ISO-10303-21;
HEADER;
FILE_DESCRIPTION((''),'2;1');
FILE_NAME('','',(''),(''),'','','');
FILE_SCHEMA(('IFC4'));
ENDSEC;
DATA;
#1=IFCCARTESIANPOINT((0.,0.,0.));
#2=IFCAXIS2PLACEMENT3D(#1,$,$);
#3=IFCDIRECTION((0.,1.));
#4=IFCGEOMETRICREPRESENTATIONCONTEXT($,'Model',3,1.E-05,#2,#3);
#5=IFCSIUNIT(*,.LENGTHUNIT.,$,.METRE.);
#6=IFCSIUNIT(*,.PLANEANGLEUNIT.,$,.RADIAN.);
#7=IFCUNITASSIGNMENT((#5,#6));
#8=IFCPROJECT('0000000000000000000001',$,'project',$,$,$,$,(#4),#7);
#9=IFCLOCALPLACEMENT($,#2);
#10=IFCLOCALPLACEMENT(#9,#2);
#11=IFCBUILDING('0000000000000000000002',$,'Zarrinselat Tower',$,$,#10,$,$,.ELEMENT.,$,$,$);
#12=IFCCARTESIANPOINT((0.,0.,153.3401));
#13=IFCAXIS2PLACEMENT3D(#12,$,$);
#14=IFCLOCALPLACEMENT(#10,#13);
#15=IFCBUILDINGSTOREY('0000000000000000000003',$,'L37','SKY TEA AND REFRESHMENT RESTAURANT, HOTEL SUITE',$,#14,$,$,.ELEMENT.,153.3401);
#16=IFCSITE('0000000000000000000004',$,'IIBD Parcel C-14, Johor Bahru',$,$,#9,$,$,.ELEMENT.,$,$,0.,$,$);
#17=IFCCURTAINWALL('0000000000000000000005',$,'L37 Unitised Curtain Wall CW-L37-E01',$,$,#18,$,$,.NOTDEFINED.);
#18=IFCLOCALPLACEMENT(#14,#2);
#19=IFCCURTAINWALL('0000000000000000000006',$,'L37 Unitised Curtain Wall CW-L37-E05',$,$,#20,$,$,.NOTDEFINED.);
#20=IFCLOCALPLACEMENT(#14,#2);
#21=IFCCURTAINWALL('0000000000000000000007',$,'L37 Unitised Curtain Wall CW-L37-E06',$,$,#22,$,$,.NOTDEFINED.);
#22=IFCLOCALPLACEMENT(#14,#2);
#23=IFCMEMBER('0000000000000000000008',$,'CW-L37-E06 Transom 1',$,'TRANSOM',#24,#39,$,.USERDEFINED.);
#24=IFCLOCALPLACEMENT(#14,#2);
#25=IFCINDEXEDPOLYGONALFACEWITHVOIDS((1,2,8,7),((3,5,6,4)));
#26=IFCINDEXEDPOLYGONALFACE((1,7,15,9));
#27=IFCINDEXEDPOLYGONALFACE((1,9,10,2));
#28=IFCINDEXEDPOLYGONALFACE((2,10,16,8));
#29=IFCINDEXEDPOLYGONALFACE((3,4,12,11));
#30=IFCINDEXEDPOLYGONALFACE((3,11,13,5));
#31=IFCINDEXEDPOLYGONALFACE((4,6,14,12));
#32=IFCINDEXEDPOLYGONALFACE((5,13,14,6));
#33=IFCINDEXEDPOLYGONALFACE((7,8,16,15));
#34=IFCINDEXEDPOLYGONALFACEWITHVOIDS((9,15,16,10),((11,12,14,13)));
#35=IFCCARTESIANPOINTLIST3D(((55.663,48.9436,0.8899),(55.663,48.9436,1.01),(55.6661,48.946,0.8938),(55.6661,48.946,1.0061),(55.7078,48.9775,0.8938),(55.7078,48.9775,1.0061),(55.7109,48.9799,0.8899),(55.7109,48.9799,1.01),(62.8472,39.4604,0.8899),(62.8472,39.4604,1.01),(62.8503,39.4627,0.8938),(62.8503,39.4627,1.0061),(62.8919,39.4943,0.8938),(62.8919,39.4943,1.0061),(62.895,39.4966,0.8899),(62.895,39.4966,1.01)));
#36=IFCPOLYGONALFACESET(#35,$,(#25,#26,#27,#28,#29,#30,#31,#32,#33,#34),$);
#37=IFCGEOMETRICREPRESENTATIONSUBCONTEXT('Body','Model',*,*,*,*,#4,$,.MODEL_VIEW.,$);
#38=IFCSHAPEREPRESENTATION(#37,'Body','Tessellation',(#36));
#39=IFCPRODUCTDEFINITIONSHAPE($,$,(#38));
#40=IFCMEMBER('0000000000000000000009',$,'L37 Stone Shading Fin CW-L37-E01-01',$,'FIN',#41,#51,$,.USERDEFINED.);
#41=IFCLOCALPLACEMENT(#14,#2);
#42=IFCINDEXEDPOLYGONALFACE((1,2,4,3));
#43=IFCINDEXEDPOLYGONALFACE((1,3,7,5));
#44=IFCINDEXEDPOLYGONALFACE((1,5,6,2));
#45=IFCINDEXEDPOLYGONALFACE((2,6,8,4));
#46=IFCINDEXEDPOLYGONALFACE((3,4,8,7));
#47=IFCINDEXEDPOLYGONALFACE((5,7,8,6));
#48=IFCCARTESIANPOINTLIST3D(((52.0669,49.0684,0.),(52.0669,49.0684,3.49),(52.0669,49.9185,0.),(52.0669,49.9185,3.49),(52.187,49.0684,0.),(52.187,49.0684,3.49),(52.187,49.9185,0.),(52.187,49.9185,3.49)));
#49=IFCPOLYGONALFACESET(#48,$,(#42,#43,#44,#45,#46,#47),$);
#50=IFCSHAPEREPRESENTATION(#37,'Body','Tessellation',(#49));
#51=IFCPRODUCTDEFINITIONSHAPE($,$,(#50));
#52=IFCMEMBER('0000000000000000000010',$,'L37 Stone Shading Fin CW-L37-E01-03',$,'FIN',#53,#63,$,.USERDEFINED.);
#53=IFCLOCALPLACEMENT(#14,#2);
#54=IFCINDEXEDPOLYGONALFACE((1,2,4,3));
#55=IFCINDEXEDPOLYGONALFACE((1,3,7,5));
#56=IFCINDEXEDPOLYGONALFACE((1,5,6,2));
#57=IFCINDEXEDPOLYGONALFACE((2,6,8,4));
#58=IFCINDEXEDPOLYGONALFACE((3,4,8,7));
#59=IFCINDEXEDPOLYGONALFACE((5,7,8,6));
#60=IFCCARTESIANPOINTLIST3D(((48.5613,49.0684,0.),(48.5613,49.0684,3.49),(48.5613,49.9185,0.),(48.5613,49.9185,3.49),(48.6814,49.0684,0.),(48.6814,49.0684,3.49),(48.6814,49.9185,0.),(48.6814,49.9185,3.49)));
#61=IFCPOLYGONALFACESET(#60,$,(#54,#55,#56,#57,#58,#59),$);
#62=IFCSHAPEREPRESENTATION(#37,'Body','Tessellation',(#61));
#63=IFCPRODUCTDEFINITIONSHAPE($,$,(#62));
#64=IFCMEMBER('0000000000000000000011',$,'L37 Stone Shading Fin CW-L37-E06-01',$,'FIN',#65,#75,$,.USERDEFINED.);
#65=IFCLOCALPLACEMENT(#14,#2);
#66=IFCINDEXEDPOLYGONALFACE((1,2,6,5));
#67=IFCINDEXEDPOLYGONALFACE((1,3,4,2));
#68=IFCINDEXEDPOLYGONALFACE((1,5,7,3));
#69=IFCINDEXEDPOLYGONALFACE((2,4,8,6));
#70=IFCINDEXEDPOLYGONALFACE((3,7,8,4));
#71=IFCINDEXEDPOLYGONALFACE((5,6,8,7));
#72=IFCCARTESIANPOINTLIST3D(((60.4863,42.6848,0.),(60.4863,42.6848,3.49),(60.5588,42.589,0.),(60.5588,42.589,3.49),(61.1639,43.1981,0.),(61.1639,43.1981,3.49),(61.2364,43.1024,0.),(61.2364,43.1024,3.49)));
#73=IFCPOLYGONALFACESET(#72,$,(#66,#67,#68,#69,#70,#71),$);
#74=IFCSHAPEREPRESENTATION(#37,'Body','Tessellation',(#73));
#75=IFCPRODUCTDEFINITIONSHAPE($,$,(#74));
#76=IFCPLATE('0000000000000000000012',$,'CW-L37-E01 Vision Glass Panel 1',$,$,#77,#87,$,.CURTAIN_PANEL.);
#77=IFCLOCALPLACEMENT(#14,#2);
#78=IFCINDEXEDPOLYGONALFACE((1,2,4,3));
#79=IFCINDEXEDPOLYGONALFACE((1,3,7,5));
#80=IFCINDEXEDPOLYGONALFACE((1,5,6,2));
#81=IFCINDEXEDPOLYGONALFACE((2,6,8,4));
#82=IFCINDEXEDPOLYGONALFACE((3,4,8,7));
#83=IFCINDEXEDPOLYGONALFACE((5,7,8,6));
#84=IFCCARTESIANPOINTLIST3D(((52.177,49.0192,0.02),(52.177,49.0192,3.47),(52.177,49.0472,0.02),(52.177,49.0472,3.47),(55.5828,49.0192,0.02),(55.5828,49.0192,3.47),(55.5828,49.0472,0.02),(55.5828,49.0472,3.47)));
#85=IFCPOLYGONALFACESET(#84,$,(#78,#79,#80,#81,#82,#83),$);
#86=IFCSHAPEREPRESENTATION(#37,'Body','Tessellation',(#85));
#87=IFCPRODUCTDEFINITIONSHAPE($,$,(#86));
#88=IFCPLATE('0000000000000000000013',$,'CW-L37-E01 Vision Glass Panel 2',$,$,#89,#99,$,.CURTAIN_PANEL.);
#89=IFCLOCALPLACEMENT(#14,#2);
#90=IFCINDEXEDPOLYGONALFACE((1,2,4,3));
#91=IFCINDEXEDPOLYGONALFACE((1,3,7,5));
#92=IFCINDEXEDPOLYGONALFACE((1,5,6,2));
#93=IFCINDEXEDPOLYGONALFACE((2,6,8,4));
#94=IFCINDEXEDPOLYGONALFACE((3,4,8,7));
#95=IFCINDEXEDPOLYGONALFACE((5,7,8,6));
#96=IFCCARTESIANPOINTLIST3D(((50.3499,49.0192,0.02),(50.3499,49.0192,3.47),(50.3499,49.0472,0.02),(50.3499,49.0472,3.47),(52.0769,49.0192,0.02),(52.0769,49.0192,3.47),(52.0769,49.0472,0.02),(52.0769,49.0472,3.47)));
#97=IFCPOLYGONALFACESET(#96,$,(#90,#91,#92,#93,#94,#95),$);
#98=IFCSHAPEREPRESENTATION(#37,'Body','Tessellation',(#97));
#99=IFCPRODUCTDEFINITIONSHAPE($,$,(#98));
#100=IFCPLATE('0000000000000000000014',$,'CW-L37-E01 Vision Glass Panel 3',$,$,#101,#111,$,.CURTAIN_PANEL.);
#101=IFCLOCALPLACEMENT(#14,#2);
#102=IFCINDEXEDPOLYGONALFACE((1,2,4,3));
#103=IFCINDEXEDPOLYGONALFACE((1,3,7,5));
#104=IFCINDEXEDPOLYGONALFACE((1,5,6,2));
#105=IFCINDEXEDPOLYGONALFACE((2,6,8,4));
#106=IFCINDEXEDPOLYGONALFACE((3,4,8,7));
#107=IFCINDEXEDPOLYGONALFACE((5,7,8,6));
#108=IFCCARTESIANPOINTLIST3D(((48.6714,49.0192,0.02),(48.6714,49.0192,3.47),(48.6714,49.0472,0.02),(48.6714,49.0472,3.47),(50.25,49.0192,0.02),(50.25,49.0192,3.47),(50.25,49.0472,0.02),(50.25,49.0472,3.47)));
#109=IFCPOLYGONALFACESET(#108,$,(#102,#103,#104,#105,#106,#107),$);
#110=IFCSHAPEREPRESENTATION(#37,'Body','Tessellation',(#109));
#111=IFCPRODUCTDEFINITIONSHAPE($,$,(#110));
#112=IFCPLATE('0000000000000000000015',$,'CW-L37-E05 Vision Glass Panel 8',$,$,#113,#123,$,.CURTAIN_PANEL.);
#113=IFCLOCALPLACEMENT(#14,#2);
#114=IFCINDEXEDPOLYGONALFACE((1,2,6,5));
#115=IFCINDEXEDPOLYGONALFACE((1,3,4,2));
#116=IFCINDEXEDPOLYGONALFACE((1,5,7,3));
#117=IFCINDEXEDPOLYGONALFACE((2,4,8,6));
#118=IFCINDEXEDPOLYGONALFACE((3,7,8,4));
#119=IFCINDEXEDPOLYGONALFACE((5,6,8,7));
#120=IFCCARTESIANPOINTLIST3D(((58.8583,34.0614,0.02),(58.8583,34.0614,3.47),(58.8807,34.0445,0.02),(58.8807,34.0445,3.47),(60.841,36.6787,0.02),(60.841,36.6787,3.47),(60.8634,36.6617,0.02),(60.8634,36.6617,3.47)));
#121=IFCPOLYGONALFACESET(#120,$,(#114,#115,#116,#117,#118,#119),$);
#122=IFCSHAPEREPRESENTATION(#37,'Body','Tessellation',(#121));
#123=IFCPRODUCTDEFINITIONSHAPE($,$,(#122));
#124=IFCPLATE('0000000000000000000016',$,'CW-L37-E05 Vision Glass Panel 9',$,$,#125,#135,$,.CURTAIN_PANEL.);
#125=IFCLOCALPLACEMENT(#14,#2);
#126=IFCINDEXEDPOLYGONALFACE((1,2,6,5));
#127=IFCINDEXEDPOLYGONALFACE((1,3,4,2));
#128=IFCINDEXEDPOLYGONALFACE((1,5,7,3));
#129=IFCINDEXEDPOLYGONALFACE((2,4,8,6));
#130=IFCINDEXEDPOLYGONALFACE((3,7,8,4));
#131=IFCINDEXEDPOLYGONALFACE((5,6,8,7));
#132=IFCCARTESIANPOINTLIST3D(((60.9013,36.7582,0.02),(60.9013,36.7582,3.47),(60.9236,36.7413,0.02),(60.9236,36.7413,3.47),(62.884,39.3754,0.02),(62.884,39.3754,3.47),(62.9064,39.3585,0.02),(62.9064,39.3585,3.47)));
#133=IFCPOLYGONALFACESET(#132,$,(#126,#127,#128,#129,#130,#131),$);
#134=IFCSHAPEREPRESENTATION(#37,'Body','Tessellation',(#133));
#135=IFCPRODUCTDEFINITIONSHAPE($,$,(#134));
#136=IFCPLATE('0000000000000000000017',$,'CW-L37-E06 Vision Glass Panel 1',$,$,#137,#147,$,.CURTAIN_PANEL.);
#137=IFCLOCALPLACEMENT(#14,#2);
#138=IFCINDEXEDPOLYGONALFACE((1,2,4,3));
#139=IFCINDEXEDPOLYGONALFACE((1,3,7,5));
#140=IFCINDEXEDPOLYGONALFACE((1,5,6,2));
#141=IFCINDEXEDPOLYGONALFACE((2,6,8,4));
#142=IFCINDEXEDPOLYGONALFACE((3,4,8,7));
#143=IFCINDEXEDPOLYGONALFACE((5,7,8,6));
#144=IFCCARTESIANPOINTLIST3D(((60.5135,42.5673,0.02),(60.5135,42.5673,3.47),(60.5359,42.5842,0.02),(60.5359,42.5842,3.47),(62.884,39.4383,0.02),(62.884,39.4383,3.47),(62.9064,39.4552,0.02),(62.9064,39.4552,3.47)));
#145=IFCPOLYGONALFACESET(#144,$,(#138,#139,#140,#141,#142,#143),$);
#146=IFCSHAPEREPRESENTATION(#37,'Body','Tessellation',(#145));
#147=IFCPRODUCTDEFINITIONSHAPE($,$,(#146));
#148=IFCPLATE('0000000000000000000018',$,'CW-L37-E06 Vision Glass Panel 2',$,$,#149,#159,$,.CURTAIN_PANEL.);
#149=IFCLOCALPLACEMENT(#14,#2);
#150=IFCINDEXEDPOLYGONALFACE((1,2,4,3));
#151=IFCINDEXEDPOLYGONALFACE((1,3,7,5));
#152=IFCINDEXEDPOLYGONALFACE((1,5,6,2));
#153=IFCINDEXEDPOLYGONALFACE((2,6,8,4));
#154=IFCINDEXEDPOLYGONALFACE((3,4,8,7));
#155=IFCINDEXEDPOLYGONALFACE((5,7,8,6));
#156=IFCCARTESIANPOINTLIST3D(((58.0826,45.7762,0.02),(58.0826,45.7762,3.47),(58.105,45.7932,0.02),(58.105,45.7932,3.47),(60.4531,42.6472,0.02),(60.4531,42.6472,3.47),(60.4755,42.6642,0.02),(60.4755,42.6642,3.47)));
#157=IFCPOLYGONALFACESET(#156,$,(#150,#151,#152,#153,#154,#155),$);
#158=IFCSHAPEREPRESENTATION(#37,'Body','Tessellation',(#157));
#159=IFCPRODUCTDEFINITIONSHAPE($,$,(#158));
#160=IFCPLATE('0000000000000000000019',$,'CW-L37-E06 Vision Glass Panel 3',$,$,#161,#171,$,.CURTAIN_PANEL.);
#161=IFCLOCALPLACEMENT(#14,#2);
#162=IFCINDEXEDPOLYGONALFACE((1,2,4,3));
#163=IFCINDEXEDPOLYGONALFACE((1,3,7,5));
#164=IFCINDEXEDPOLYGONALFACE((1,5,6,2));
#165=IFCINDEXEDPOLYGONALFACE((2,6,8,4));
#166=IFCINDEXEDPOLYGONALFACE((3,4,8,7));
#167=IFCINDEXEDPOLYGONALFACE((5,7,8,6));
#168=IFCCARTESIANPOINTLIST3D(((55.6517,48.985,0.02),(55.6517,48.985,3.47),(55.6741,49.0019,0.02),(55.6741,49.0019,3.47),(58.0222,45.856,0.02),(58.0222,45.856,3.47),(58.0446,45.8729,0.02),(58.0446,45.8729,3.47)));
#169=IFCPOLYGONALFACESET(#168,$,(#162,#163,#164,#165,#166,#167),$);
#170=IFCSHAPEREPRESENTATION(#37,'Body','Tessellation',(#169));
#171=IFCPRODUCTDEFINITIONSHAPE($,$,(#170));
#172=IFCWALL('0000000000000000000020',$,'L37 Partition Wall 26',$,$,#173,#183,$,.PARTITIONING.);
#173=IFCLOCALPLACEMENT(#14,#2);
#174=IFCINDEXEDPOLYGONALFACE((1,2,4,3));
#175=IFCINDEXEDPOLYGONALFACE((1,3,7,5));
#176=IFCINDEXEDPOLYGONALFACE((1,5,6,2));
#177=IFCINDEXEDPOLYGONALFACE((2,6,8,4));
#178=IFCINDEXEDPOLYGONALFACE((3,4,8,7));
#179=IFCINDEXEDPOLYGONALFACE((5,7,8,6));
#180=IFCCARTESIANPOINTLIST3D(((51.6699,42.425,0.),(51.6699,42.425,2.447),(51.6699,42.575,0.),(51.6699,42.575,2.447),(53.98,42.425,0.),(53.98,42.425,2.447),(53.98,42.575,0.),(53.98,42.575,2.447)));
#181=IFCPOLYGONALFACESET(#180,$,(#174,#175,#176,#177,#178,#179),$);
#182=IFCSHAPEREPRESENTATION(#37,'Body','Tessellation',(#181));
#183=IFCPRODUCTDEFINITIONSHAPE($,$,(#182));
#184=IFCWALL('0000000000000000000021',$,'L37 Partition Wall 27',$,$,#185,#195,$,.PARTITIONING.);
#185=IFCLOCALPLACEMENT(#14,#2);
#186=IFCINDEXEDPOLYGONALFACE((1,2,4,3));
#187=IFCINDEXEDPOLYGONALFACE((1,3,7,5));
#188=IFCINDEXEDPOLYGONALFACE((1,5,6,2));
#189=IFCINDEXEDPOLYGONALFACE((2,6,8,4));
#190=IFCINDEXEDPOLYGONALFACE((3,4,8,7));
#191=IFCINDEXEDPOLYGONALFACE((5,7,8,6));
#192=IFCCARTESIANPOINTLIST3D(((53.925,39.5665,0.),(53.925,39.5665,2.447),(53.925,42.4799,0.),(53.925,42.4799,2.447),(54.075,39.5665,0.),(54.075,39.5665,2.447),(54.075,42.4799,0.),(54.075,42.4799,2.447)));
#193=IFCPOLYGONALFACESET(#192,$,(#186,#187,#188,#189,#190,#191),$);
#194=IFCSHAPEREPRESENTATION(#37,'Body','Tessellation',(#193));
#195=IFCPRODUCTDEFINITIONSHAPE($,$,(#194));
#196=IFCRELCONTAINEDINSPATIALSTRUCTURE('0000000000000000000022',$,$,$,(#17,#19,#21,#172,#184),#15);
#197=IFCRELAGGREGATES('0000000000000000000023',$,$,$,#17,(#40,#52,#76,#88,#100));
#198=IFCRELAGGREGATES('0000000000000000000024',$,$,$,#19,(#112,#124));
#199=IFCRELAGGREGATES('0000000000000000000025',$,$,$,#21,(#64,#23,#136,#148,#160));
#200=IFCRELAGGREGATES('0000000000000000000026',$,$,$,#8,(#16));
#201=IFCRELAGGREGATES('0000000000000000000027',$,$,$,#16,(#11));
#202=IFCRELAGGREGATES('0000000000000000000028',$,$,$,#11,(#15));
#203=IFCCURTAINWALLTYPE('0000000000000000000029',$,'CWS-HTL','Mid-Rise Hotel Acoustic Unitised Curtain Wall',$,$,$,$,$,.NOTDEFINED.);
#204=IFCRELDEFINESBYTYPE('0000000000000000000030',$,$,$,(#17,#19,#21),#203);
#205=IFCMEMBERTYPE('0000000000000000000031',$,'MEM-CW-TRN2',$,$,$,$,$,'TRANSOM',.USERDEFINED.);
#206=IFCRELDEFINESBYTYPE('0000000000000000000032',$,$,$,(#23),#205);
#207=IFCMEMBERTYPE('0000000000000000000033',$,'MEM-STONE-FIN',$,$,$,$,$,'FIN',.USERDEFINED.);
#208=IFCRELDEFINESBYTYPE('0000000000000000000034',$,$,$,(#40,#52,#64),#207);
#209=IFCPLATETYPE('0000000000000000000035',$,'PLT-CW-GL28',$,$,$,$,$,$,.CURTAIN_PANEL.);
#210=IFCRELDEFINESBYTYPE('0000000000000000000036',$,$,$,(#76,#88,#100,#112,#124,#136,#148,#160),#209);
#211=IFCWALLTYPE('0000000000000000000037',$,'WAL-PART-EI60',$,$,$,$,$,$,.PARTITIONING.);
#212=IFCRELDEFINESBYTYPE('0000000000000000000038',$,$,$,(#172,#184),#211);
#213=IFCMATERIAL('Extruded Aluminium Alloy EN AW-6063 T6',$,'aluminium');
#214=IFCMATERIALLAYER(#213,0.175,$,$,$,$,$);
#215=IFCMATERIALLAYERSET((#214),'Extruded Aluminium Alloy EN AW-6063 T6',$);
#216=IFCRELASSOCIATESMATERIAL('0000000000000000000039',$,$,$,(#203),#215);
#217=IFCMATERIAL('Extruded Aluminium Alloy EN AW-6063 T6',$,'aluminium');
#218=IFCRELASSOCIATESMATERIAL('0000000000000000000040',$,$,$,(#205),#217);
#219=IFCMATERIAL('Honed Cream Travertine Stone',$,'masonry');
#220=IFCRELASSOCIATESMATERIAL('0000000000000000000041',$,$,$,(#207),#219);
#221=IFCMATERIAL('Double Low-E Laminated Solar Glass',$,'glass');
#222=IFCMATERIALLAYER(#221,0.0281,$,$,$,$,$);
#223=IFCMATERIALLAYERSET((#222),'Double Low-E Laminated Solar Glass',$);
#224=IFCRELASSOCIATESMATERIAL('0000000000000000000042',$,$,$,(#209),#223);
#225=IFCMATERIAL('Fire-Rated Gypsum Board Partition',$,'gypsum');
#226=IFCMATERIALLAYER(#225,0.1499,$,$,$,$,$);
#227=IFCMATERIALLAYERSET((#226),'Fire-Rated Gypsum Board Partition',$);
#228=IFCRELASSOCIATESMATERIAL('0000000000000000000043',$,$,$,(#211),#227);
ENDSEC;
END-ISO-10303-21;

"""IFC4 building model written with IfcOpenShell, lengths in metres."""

from ifc_helpers import new_model, si_unit, direction, frame, frame_2d, origin, origin_2d, place, context, subcontext, project, spatial, rectangle, hollow_rectangle, extrude, material, layer, layer_set, material_profile, profile_set, type_object, element, aggregate, save


model = new_model("IFC4")

# Units and contexts
model_context = context("Model", 3, precision=1e-05, world=origin(), true_north=direction((0.0, 1.0)))
body_context = subcontext(model_context, "Body", "Model", "MODEL_VIEW")
ifc_project = project(units=[si_unit("LENGTHUNIT", "METRE"), si_unit("PLANEANGLEUNIT", "RADIAN")], contexts=[model_context])

# Site, building, storey
site_placement = place(None, origin())
site = spatial("IfcSite", under=ifc_project, at=site_placement, Name="IIBD Parcel C-14, Johor Bahru", CompositionType="ELEMENT", RefElevation=0.0)
building_placement = place(site_placement, origin())
building = spatial("IfcBuilding", under=site, at=building_placement, Name="Zarrinselat Tower", CompositionType="ELEMENT")
storey_placement = place(building_placement, frame((0.0, 0.0, 153.3401)))
storey = spatial("IfcBuildingStorey", under=building, at=storey_placement, Name="L37", Description="SKY TEA AND REFRESHMENT RESTAURANT, HOTEL SUITE", CompositionType="ELEMENT", Elevation=153.3401)

# Curtain walls
ifc_material_1 = material(Name="Extruded Aluminium Alloy EN AW-6063 T6", Category="aluminium")
ifc_layer_1 = layer(ifc_material_1, 0.175)
ifc_layer_set_1 = layer_set([ifc_layer_1], Name="Extruded Aluminium Alloy EN AW-6063 T6")
curtain_wall_type = type_object("IfcCurtainWallType", Name="CWS-HTL", Description="Mid-Rise Hotel Acoustic Unitised Curtain Wall", PredefinedType="NOTDEFINED", material=ifc_layer_set_1)
curtain_wall_1_placement = place(storey_placement, origin())
curtain_wall_1 = element("IfcCurtainWall", 1, at=curtain_wall_1_placement, inside=storey, type_object=curtain_wall_type, Name="L37 Unitised Curtain Wall CW-L37-E01", PredefinedType="NOTDEFINED")
curtain_wall_2_placement = place(storey_placement, origin())
curtain_wall_2 = element("IfcCurtainWall", 2, at=curtain_wall_2_placement, inside=storey, type_object=curtain_wall_type, Name="L37 Unitised Curtain Wall CW-L37-E05", PredefinedType="NOTDEFINED")
curtain_wall_3_placement = place(storey_placement, origin())
curtain_wall_3 = element("IfcCurtainWall", 3, at=curtain_wall_3_placement, inside=storey, type_object=curtain_wall_type, Name="L37 Unitised Curtain Wall CW-L37-E06", PredefinedType="NOTDEFINED")

# Members
ifc_material_2 = material(Name="Extruded Aluminium Alloy EN AW-6063 T6", Category="aluminium")
ifc_material_profile_1 = material_profile(ifc_material_2, hollow_rectangle(XDim=0.0601, YDim=0.1201, WallThickness=0.0039, at=origin_2d()), Name="RHS 120x60x4")
ifc_profile_set_1 = profile_set([ifc_material_profile_1], Name="Extruded Aluminium Alloy EN AW-6063 T6")
member_type_1 = type_object("IfcMemberType", Name="MEM-CW-TRN2", ElementType="TRANSOM", PredefinedType="USERDEFINED", material=ifc_profile_set_1)
member_1_placement = place(storey_placement, frame((62.8711, 39.4785, 0.95), z_axis=(-0.603851, 0.797097, 0.0), x_axis=(-0.797097, -0.603851, 0.0)))
member_1 = element("IfcMember", 4, at=member_1_placement, type_object=member_type_1, Name="CW-L37-E06 Transom 1", ObjectType="TRANSOM", PredefinedType="USERDEFINED", context=body_context, shape_type="SweptSolid", body=[
    extrude(hollow_rectangle(XDim=0.0601, YDim=0.1201, WallThickness=0.0039, at=origin_2d()), origin(), (0.0, 0.0, 1.0), 11.8972),
])
ifc_material_3 = material(Name="Honed Cream Travertine Stone", Category="masonry")
ifc_material_profile_2 = material_profile(ifc_material_3, rectangle(XDim=0.1201, YDim=0.8501, at=origin_2d()), Name="FIN 850x120")
ifc_profile_set_2 = profile_set([ifc_material_profile_2], Name="Honed Cream Travertine Stone")
member_type_2 = type_object("IfcMemberType", Name="MEM-STONE-FIN", ElementType="FIN", PredefinedType="USERDEFINED", material=ifc_profile_set_2)
member_2_placement = place(storey_placement, frame((52.127, 49.4934, 0.0), z_axis=(0.0, 0.0, 1.0), x_axis=(1.0, 0.0, 0.0)))
member_2 = element("IfcMember", 5, at=member_2_placement, type_object=member_type_2, Name="L37 Stone Shading Fin CW-L37-E01-01", ObjectType="FIN", PredefinedType="USERDEFINED", context=body_context, shape_type="SweptSolid", body=[
    extrude(rectangle(XDim=0.1201, YDim=0.8501, at=origin_2d()), origin(), (0.0, 0.0, 1.0), 3.49),
])
member_3_placement = place(storey_placement, frame((48.6213, 49.4934, 0.0), z_axis=(0.0, 0.0, 1.0), x_axis=(1.0, 0.0, 0.0)))
member_3 = element("IfcMember", 6, at=member_3_placement, type_object=member_type_2, Name="L37 Stone Shading Fin CW-L37-E01-03", ObjectType="FIN", PredefinedType="USERDEFINED", context=body_context, shape_type="SweptSolid", body=[
    extrude(rectangle(XDim=0.1201, YDim=0.8501, at=origin_2d()), origin(), (0.0, 0.0, 1.0), 3.49),
])
member_4_placement = place(storey_placement, frame((60.8613, 42.8936, 0.0), z_axis=(0.0, 0.0, 1.0), x_axis=(0.603862, -0.797089, 0.0)))
member_4 = element("IfcMember", 7, at=member_4_placement, type_object=member_type_2, Name="L37 Stone Shading Fin CW-L37-E06-01", ObjectType="FIN", PredefinedType="USERDEFINED", context=body_context, shape_type="SweptSolid", body=[
    extrude(rectangle(XDim=0.1201, YDim=0.8501, at=origin_2d()), origin(), (0.0, 0.0, 1.0), 3.49),
])

# Plates
ifc_material_4 = material(Name="Double Low-E Laminated Solar Glass", Category="glass")
ifc_layer_2 = layer(ifc_material_4, 0.0281)
ifc_layer_set_2 = layer_set([ifc_layer_2], Name="Double Low-E Laminated Solar Glass")
plate_type = type_object("IfcPlateType", Name="PLT-CW-GL28", PredefinedType="CURTAIN_PANEL", material=ifc_layer_set_2)
plate_1_placement = place(storey_placement, frame((53.8799, 49.0332, 0.02), z_axis=(0.0, 0.0, 1.0), x_axis=(-1.0, 0.0, 0.0)))
plate_1 = element("IfcPlate", 8, at=plate_1_placement, type_object=plate_type, Name="CW-L37-E01 Vision Glass Panel 1", PredefinedType="CURTAIN_PANEL", context=body_context, shape_type="SweptSolid", body=[
    extrude(rectangle(XDim=3.4058, YDim=0.0281, at=origin_2d()), origin(), (0.0, 0.0, 1.0), 3.45),
])
plate_2_placement = place(storey_placement, frame((51.2134, 49.0332, 0.02), z_axis=(0.0, 0.0, 1.0), x_axis=(-1.0, 0.0, 0.0)))
plate_2 = element("IfcPlate", 9, at=plate_2_placement, type_object=plate_type, Name="CW-L37-E01 Vision Glass Panel 2", PredefinedType="CURTAIN_PANEL", context=body_context, shape_type="SweptSolid", body=[
    extrude(rectangle(XDim=1.7271, YDim=0.0281, at=origin_2d()), origin(), (0.0, 0.0, 1.0), 3.45),
])
plate_3_placement = place(storey_placement, frame((49.4607, 49.0332, 0.02), z_axis=(0.0, 0.0, 1.0), x_axis=(-1.0, 0.0, 0.0)))
plate_3 = element("IfcPlate", 10, at=plate_3_placement, type_object=plate_type, Name="CW-L37-E01 Vision Glass Panel 3", PredefinedType="CURTAIN_PANEL", context=body_context, shape_type="SweptSolid", body=[
    extrude(rectangle(XDim=1.5786, YDim=0.0281, at=origin_2d()), origin(), (0.0, 0.0, 1.0), 3.45),
])
aggregate(curtain_wall_1, [member_2, member_3, plate_1, plate_2, plate_3])
plate_4_placement = place(storey_placement, frame((59.8608, 35.3616, 0.02), z_axis=(0.0, 0.0, 1.0), x_axis=(0.603858, 0.797092, 0.0)))
plate_4 = element("IfcPlate", 11, at=plate_4_placement, type_object=plate_type, Name="CW-L37-E05 Vision Glass Panel 8", PredefinedType="CURTAIN_PANEL", context=body_context, shape_type="SweptSolid", body=[
    extrude(rectangle(XDim=3.2834, YDim=0.0281, at=origin_2d()), origin(), (0.0, 0.0, 1.0), 3.45),
])
plate_5_placement = place(storey_placement, frame((61.9038, 38.0583, 0.02), z_axis=(0.0, 0.0, 1.0), x_axis=(0.603858, 0.797092, 0.0)))
plate_5 = element("IfcPlate", 12, at=plate_5_placement, type_object=plate_type, Name="CW-L37-E05 Vision Glass Panel 9", PredefinedType="CURTAIN_PANEL", context=body_context, shape_type="SweptSolid", body=[
    extrude(rectangle(XDim=3.2834, YDim=0.0281, at=origin_2d()), origin(), (0.0, 0.0, 1.0), 3.45),
])
aggregate(curtain_wall_2, [plate_4, plate_5])
plate_6_placement = place(storey_placement, frame((61.71, 41.0112, 0.02), z_axis=(0.0, 0.0, 1.0), x_axis=(-0.603862, 0.797089, 0.0)))
plate_6 = element("IfcPlate", 13, at=plate_6_placement, type_object=plate_type, Name="CW-L37-E06 Vision Glass Panel 1", PredefinedType="CURTAIN_PANEL", context=body_context, shape_type="SweptSolid", body=[
    extrude(rectangle(XDim=3.9255, YDim=0.0281, at=origin_2d()), origin(), (0.0, 0.0, 1.0), 3.45),
])
plate_7_placement = place(storey_placement, frame((59.2791, 44.2202, 0.02), z_axis=(0.0, 0.0, 1.0), x_axis=(-0.603862, 0.797089, 0.0)))
plate_7 = element("IfcPlate", 14, at=plate_7_placement, type_object=plate_type, Name="CW-L37-E06 Vision Glass Panel 2", PredefinedType="CURTAIN_PANEL", context=body_context, shape_type="SweptSolid", body=[
    extrude(rectangle(XDim=3.9255, YDim=0.0281, at=origin_2d()), origin(), (0.0, 0.0, 1.0), 3.45),
])
plate_8_placement = place(storey_placement, frame((56.8481, 47.429, 0.02), z_axis=(0.0, 0.0, 1.0), x_axis=(-0.603862, 0.797089, 0.0)))
plate_8 = element("IfcPlate", 15, at=plate_8_placement, type_object=plate_type, Name="CW-L37-E06 Vision Glass Panel 3", PredefinedType="CURTAIN_PANEL", context=body_context, shape_type="SweptSolid", body=[
    extrude(rectangle(XDim=3.9255, YDim=0.0281, at=origin_2d()), origin(), (0.0, 0.0, 1.0), 3.45),
])
aggregate(curtain_wall_3, [member_4, member_1, plate_6, plate_7, plate_8])

# Walls
ifc_material_5 = material(Name="Fire-Rated Gypsum Board Partition", Category="gypsum")
ifc_layer_3 = layer(ifc_material_5, 0.1499)
ifc_layer_set_3 = layer_set([ifc_layer_3], Name="Fire-Rated Gypsum Board Partition")
wall_type_1 = type_object("IfcWallType", Name="WAL-PART-EI60", PredefinedType="PARTITIONING", material=ifc_layer_set_3)
wall_1_placement = place(storey_placement, frame((51.6699, 42.5, 0.0), z_axis=(0.0, 0.0, 1.0), x_axis=(1.0, 0.0, 0.0)))
element("IfcWall", 16, at=wall_1_placement, inside=storey, type_object=wall_type_1, Name="L37 Partition Wall 26", PredefinedType="PARTITIONING", context=body_context, shape_type="SweptSolid", body=[
    extrude(rectangle(XDim=2.3101, YDim=0.1499, at=frame_2d((1.155, 0.0))), origin(), (0.0, 0.0, 1.0), 2.447),
])
wall_2_placement = place(storey_placement, frame((54.0, 39.5667, 0.0), z_axis=(0.0, 0.0, 1.0), x_axis=(0.0, 1.0, 0.0)))
element("IfcWall", 17, at=wall_2_placement, inside=storey, type_object=wall_type_1, Name="L37 Partition Wall 27", PredefinedType="PARTITIONING", context=body_context, shape_type="SweptSolid", body=[
    extrude(rectangle(XDim=2.9133, YDim=0.1499, at=frame_2d((1.4565, 0.0))), origin(), (0.0, 0.0, 1.0), 2.447),
])

save(model, "model.ifc")
